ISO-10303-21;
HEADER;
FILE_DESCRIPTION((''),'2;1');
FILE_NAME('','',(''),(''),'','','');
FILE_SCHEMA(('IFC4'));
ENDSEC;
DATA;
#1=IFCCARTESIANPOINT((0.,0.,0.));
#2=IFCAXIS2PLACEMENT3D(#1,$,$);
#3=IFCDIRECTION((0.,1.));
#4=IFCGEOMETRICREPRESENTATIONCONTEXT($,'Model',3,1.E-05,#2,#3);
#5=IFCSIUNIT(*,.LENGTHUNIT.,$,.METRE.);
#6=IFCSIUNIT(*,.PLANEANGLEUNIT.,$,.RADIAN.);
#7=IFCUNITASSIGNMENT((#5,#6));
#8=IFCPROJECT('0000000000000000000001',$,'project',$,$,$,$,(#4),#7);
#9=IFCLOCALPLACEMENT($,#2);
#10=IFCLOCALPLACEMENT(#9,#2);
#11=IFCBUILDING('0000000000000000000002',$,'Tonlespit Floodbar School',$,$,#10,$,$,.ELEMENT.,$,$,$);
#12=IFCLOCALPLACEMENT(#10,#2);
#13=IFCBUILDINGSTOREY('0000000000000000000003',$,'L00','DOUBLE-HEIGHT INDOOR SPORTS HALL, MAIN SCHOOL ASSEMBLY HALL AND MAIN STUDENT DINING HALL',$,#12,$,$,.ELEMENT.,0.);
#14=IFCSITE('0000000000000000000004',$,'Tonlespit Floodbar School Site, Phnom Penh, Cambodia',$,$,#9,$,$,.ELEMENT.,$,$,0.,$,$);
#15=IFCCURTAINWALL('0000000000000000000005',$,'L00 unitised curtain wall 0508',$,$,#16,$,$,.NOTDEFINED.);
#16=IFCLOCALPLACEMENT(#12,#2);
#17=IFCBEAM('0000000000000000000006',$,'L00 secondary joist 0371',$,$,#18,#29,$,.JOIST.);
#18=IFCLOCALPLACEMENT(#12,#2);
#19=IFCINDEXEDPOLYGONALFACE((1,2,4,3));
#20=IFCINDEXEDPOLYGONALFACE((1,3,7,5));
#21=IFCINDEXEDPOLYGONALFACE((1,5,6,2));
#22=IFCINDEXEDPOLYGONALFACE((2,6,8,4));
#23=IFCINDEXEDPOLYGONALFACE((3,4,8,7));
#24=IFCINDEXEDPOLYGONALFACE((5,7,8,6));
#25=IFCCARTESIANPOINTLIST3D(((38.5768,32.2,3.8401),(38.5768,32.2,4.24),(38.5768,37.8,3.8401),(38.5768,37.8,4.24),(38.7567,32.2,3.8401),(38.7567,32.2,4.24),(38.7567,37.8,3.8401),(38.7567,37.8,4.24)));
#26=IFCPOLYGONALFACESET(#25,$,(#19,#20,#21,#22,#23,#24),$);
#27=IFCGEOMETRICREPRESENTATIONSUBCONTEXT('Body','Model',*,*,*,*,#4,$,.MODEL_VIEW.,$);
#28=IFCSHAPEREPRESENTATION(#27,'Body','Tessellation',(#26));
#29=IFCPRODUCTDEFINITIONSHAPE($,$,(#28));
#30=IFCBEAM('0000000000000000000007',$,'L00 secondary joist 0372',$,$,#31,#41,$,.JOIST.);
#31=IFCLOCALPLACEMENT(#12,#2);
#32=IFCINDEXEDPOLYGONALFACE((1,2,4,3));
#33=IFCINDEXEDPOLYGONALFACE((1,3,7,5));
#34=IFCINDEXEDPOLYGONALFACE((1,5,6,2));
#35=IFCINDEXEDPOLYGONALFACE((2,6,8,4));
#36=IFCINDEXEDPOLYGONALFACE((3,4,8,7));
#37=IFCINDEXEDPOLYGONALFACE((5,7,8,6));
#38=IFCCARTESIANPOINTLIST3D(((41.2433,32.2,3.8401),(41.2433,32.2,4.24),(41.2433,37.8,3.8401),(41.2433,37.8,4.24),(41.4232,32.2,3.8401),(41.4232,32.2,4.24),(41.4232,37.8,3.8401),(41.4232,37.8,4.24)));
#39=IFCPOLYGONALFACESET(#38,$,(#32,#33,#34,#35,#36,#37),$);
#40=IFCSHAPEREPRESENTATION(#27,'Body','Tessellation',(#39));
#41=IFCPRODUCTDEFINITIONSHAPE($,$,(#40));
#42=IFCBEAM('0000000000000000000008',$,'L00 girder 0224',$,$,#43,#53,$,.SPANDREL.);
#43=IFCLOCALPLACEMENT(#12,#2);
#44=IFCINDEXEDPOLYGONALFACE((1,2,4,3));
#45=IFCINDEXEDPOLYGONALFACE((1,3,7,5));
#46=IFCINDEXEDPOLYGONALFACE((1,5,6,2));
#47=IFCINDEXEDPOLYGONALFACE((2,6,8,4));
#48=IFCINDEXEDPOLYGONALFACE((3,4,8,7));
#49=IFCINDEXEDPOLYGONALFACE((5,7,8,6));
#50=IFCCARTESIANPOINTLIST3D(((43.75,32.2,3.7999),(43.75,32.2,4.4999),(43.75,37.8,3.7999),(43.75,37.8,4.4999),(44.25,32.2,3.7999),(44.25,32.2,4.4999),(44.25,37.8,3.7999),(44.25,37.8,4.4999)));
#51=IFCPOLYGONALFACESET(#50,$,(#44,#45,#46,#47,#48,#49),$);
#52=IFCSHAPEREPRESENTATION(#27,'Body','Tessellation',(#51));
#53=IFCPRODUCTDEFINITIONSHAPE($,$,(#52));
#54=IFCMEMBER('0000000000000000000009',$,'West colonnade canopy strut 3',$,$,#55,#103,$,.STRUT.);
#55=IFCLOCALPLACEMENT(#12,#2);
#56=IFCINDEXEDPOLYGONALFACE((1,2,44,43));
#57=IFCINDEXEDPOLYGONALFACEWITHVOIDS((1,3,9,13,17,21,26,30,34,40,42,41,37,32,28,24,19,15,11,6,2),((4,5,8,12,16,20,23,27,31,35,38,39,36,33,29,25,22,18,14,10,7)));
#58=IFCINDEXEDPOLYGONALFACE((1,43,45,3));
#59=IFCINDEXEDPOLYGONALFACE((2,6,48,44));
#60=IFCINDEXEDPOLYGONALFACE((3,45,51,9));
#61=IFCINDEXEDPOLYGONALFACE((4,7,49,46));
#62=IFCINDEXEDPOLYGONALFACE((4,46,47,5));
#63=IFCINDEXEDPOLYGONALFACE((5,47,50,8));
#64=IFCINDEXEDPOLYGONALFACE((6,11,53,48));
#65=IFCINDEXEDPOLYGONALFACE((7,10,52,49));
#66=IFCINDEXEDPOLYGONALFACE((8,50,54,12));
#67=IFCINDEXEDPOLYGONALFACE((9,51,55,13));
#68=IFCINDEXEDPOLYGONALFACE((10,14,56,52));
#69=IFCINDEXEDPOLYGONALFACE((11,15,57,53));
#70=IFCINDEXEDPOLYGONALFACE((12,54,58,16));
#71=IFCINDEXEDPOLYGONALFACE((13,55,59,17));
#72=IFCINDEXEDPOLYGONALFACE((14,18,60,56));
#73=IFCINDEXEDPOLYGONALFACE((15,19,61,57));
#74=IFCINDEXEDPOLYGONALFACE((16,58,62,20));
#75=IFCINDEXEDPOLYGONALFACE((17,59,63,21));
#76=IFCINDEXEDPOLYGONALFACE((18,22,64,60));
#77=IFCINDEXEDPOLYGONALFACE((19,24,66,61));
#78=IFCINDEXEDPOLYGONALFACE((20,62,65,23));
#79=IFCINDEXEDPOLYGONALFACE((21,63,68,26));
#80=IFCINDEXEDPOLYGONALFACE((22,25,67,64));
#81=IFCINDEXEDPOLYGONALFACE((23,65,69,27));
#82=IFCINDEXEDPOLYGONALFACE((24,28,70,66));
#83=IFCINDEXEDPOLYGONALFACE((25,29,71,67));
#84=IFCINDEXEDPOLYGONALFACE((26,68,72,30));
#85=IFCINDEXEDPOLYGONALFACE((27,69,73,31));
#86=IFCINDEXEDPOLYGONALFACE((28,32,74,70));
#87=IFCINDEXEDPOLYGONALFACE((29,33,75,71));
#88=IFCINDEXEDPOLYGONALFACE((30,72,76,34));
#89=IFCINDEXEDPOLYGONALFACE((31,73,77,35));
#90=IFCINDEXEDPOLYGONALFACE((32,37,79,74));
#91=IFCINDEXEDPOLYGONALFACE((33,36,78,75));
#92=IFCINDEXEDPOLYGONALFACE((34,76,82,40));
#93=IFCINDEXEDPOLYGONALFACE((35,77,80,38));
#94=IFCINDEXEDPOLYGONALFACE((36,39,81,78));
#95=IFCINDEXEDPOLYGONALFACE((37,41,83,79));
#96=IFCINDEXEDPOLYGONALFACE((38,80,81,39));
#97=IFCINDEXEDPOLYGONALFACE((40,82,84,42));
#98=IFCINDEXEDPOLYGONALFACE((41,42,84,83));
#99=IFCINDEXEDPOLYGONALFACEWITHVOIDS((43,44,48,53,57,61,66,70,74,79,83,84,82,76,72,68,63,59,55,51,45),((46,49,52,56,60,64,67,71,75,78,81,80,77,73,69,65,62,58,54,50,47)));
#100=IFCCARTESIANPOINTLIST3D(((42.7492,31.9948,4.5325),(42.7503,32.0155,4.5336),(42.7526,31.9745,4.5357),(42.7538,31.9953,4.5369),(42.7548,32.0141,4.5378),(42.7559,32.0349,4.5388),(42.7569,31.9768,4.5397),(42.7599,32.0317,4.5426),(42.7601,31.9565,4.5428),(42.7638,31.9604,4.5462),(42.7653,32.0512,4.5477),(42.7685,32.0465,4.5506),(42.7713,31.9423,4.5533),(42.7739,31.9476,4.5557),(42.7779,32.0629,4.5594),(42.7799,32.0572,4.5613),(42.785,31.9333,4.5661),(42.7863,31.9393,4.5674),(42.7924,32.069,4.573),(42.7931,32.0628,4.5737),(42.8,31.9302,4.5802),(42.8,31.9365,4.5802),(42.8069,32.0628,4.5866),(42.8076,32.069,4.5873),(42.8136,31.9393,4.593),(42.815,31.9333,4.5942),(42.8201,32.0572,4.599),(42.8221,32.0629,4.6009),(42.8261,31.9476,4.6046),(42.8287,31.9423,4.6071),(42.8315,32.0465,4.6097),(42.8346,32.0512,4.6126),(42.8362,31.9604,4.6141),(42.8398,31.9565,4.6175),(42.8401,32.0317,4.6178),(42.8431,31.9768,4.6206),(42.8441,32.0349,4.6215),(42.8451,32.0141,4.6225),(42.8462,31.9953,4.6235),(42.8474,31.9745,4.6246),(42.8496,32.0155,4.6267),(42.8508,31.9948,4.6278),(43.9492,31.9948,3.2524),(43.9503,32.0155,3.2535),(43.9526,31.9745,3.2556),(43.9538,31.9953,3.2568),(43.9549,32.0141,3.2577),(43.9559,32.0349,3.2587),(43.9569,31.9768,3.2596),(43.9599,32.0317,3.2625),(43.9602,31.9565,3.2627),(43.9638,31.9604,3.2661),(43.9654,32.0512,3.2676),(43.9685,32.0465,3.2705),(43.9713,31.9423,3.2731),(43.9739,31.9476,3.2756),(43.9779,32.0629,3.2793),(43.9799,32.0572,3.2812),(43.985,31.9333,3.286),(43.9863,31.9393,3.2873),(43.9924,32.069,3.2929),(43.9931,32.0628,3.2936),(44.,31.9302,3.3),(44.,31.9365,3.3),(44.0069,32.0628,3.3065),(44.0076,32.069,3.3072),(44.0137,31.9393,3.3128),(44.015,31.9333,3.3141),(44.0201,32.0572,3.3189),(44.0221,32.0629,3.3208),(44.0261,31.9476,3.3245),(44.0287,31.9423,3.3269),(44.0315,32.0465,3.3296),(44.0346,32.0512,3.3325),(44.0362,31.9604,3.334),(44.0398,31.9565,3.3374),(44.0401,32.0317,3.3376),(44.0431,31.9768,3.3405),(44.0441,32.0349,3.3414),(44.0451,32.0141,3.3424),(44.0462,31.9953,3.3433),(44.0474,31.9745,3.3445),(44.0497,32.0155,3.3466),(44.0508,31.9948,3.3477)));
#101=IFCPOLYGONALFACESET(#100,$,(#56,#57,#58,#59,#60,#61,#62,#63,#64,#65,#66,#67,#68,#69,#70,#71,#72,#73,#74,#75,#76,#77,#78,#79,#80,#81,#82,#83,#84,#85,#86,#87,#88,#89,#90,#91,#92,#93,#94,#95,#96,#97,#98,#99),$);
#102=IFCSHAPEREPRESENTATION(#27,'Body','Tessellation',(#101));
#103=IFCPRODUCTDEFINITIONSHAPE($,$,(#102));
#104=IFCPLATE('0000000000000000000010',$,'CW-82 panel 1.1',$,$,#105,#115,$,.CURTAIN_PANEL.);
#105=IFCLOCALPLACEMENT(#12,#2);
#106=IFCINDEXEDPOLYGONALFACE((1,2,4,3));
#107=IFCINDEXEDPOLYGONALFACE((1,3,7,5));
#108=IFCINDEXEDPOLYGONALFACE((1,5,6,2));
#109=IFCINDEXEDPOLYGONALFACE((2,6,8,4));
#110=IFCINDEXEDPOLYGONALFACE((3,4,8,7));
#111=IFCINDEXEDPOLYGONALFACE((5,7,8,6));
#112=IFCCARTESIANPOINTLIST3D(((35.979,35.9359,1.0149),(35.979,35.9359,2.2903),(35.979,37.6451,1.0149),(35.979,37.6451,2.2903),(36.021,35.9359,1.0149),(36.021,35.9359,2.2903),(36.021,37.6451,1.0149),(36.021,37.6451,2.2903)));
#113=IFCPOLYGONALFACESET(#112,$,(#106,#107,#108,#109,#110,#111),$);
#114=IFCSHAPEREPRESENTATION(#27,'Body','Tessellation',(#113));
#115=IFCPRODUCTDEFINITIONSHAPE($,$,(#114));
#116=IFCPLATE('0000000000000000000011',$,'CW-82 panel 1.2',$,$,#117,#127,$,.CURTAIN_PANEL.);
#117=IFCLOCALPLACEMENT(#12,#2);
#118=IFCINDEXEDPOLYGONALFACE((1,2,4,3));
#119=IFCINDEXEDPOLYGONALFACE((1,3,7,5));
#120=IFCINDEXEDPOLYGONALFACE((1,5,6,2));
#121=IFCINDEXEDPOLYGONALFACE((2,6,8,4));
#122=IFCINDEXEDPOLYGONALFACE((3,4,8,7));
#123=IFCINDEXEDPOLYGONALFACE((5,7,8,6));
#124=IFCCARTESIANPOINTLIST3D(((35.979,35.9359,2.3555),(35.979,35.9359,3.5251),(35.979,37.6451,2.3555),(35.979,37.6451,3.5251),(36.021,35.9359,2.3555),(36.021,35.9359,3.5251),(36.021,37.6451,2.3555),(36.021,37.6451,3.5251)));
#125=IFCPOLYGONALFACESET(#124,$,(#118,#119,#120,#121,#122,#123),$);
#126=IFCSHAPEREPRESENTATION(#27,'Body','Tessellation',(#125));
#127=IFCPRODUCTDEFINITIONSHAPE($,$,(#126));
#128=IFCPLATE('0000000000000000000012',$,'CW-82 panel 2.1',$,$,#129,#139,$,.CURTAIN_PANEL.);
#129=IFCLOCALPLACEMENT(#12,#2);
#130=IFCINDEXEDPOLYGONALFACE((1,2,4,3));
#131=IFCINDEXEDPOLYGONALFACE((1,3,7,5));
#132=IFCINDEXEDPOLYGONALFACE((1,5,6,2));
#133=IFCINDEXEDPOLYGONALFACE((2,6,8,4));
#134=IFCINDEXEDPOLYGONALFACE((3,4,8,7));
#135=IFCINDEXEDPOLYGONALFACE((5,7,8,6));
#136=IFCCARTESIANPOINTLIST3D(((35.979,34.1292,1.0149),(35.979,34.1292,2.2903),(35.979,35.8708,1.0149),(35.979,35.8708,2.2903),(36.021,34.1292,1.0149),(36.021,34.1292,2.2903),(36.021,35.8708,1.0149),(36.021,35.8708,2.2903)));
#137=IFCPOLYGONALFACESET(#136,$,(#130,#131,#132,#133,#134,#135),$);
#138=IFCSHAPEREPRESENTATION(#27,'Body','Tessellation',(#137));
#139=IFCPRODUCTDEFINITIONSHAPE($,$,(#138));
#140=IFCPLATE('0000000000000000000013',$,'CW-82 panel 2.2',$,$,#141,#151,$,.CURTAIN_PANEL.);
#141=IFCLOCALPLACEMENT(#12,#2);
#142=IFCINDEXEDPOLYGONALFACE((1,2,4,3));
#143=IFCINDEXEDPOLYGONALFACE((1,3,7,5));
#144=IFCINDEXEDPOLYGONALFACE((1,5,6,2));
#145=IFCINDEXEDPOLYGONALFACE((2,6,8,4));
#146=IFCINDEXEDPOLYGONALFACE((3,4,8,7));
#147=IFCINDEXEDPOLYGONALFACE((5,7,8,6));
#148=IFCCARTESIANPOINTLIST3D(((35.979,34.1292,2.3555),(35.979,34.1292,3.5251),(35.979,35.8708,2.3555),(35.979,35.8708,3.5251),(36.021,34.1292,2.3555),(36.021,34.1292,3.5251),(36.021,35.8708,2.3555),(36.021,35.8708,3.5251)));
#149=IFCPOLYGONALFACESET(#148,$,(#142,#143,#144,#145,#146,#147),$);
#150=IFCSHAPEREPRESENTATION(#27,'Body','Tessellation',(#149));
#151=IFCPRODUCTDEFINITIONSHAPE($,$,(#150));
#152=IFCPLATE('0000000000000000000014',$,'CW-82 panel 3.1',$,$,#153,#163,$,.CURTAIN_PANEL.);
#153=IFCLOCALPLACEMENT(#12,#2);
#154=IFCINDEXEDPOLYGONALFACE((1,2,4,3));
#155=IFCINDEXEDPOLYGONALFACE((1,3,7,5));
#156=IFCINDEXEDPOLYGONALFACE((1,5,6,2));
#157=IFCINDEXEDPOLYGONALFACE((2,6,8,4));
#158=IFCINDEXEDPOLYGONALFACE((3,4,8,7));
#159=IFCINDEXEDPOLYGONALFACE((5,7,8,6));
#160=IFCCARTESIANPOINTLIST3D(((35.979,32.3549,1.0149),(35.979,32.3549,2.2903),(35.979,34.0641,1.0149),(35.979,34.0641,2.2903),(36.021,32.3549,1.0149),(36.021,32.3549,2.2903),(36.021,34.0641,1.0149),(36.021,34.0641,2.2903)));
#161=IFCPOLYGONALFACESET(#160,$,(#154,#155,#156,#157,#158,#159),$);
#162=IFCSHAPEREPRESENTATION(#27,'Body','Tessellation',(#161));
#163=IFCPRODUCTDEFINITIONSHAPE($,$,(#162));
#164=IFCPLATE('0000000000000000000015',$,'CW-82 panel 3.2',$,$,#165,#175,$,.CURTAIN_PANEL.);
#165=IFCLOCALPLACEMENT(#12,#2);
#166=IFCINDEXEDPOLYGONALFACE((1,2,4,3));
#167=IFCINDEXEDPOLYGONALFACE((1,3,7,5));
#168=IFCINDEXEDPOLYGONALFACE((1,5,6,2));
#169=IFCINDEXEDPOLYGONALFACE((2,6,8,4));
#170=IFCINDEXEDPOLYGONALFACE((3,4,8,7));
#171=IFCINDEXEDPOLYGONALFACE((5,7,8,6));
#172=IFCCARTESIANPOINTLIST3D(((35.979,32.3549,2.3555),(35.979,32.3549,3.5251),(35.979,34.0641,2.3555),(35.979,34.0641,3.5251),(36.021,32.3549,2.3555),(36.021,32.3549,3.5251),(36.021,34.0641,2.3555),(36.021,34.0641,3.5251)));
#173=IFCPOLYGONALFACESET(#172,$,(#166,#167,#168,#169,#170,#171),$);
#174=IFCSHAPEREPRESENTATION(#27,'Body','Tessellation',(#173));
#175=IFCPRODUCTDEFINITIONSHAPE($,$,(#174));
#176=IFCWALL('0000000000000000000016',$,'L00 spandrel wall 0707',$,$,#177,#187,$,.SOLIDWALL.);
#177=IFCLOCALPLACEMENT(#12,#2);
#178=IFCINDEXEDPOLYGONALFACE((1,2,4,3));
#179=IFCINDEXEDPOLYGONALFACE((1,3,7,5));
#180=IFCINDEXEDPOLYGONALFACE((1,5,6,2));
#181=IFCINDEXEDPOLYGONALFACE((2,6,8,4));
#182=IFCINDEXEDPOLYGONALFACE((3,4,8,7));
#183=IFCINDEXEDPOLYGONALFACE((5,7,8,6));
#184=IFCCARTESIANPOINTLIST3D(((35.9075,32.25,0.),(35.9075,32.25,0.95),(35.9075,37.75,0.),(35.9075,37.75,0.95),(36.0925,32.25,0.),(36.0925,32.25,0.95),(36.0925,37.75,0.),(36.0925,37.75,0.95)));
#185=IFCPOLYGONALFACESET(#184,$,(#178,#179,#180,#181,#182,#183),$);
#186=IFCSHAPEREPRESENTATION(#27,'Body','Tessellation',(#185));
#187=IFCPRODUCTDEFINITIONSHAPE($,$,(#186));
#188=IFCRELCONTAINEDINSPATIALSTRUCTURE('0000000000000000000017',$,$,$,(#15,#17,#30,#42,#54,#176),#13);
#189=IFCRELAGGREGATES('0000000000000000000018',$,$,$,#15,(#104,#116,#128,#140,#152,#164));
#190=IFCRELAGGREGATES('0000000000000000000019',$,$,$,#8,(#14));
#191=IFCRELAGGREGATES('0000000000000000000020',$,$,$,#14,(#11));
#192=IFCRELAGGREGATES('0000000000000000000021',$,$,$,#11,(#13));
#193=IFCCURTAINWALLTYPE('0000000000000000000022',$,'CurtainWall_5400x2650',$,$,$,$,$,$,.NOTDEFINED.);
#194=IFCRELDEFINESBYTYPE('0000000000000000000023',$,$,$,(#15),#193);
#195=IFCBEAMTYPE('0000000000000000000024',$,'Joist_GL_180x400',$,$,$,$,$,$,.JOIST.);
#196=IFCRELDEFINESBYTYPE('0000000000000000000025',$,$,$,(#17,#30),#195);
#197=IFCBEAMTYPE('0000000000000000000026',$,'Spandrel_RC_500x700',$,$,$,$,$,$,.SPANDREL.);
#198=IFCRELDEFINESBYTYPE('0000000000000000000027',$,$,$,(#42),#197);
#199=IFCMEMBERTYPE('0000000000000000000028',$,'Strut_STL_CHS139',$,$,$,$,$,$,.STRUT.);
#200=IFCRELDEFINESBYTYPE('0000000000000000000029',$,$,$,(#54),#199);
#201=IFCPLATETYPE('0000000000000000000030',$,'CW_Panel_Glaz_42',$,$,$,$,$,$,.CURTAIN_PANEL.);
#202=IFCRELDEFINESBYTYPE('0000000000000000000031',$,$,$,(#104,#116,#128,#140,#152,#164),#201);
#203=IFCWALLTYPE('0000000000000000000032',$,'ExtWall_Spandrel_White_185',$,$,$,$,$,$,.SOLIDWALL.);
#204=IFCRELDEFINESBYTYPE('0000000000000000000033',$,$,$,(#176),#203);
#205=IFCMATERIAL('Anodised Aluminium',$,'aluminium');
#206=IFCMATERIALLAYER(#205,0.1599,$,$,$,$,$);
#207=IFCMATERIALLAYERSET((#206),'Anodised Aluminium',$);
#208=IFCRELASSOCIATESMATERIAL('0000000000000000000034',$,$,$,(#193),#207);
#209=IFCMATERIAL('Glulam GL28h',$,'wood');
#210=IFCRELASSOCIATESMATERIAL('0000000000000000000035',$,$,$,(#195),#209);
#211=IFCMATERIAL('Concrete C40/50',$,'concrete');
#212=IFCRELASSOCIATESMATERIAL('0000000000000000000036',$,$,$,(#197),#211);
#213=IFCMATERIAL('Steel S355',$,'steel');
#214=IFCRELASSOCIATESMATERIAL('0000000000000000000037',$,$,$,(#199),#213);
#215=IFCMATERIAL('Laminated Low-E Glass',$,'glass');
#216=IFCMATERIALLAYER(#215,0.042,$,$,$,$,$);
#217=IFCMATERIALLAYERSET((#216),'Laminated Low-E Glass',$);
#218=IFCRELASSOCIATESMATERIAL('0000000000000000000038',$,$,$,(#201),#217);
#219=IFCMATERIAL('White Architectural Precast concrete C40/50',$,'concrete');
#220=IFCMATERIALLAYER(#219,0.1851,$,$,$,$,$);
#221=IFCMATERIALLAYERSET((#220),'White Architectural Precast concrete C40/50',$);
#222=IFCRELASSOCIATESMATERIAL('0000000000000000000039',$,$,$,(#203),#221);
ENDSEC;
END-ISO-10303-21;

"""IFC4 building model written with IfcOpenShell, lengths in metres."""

from ifc_helpers import new_model, si_unit, direction, frame, frame_2d, origin, origin_2d, place, context, subcontext, project, spatial, rectangle, hollow_circle, extrude, material, layer, layer_set, material_profile, profile_set, type_object, element, aggregate, save


model = new_model("IFC4")

# Units and contexts
model_context = context("Model", 3, precision=1e-05, world=origin(), true_north=direction((0.0, 1.0)))
body_context = subcontext(model_context, "Body", "Model", "MODEL_VIEW")
ifc_project = project(units=[si_unit("LENGTHUNIT", "METRE"), si_unit("PLANEANGLEUNIT", "RADIAN")], contexts=[model_context])

# Site, building, storey
site_placement = place(None, origin())
site = spatial("IfcSite", under=ifc_project, at=site_placement, Name="Tonlespit Floodbar School Site, Phnom Penh, Cambodia", CompositionType="ELEMENT", RefElevation=0.0)
building_placement = place(site_placement, origin())
building = spatial("IfcBuilding", under=site, at=building_placement, Name="Tonlespit Floodbar School", CompositionType="ELEMENT")
storey_placement = place(building_placement, origin())
storey = spatial("IfcBuildingStorey", under=building, at=storey_placement, Name="L00", Description="DOUBLE-HEIGHT INDOOR SPORTS HALL, MAIN SCHOOL ASSEMBLY HALL AND MAIN STUDENT DINING HALL", CompositionType="ELEMENT", Elevation=0.0)

# Shared definitions
ifc_material_1 = material(Name="Concrete C40/50", Category="concrete")

# Curtain wall
ifc_material_2 = material(Name="Anodised Aluminium", Category="aluminium")
ifc_layer_1 = layer(ifc_material_2, 0.1599)
ifc_layer_set_1 = layer_set([ifc_layer_1], Name="Anodised Aluminium")
curtain_wall_type = type_object("IfcCurtainWallType", Name="CurtainWall_5400x2650", PredefinedType="NOTDEFINED", material=ifc_layer_set_1)
curtain_wall_placement = place(storey_placement, origin())
curtain_wall = element("IfcCurtainWall", 1, at=curtain_wall_placement, inside=storey, type_object=curtain_wall_type, Name="L00 unitised curtain wall 0508", PredefinedType="NOTDEFINED")

# Beams
ifc_material_3 = material(Name="Glulam GL28h", Category="wood")
ifc_material_profile_1 = material_profile(ifc_material_3, rectangle(XDim=0.1799, YDim=0.3999, at=origin_2d()), Name="GL 180x400")
ifc_profile_set_1 = profile_set([ifc_material_profile_1], Name="Glulam GL28h")
beam_type_1 = type_object("IfcBeamType", Name="Joist_GL_180x400", PredefinedType="JOIST", material=ifc_profile_set_1)
for number, where, z_axis, x_axis, name in (
    (2, (38.6667, 32.2, 4.04), (0.0, 1.0, 0.0), (-1.0, 0.0, 0.0), "L00 secondary joist 0371"),
    (3, (41.3333, 32.2, 4.04), (0.0, 1.0, 0.0), (-1.0, 0.0, 0.0), "L00 secondary joist 0372"),
):
    element("IfcBeam", number, at=place(storey_placement, frame(where, z_axis=z_axis, x_axis=x_axis)), inside=storey, type_object=beam_type_1, Name=name, PredefinedType="JOIST", context=body_context, shape_type="SweptSolid", body=[
        extrude(rectangle(XDim=0.1799, YDim=0.3999, at=origin_2d()), origin(), (0.0, 0.0, 1.0), 5.6001),
    ])
ifc_material_profile_2 = material_profile(ifc_material_1, rectangle(XDim=0.5, YDim=0.7, at=origin_2d()), Name="RC 500x700")
ifc_profile_set_2 = profile_set([ifc_material_profile_2], Name="Concrete C40/50")
beam_type_2 = type_object("IfcBeamType", Name="Spandrel_RC_500x700", PredefinedType="SPANDREL", material=ifc_profile_set_2)
beam_1_placement = place(storey_placement, frame((44.0, 32.2, 4.1499), z_axis=(0.0, 1.0, 0.0), x_axis=(-1.0, 0.0, 0.0)))
element("IfcBeam", 4, at=beam_1_placement, inside=storey, type_object=beam_type_2, Name="L00 girder 0224", PredefinedType="SPANDREL", context=body_context, shape_type="SweptSolid", body=[
    extrude(rectangle(XDim=0.5, YDim=0.7, at=origin_2d()), origin(), (0.0, 0.0, 1.0), 5.6001),
])

# Member
ifc_material_4 = material(Name="Steel S355", Category="steel")
ifc_material_profile_3 = material_profile(ifc_material_4, hollow_circle(Radius=0.0698, WallThickness=0.0063, at=origin_2d()), Name="CHS 139.7x6.3")
ifc_profile_set_3 = profile_set([ifc_material_profile_3], Name="Steel S355")
member_type_1 = type_object("IfcMemberType", Name="Strut_STL_CHS139", PredefinedType="STRUT", material=ifc_profile_set_3)
member_1_placement = place(storey_placement, frame((44.0, 32.0, 3.3), z_axis=(-0.683918, 0.0, 0.729559), x_axis=(0.0, -1.0, 0.0)))
element("IfcMember", 5, at=member_1_placement, inside=storey, type_object=member_type_1, Name="West colonnade canopy strut 3", PredefinedType="STRUT", context=body_context, shape_type="SweptSolid", body=[
    extrude(hollow_circle(Radius=0.0698, WallThickness=0.0063, at=origin_2d()), origin(), (0.0, 0.0, 1.0), 1.7546),
])

# Plates
ifc_material_5 = material(Name="Laminated Low-E Glass", Category="glass")
ifc_layer_2 = layer(ifc_material_5, 0.042)
ifc_layer_set_2 = layer_set([ifc_layer_2], Name="Laminated Low-E Glass")
plate_type = type_object("IfcPlateType", Name="CW_Panel_Glaz_42", PredefinedType="CURTAIN_PANEL", material=ifc_layer_set_2)
plate_1_placement = place(storey_placement, frame((36.0, 36.7905, 1.0149), z_axis=(0.0, 0.0, 1.0), x_axis=(0.0, -1.0, 0.0)))
plate_1 = element("IfcPlate", 6, at=plate_1_placement, type_object=plate_type, Name="CW-82 panel 1.1", PredefinedType="CURTAIN_PANEL", context=body_context, shape_type="SweptSolid", body=[
    extrude(rectangle(XDim=1.7092, YDim=0.042, at=origin_2d()), origin(), (0.0, 0.0, 1.0), 1.2754),
])
plate_2_placement = place(storey_placement, frame((36.0, 36.7905, 2.3555), z_axis=(0.0, 0.0, 1.0), x_axis=(0.0, -1.0, 0.0)))
plate_2 = element("IfcPlate", 7, at=plate_2_placement, type_object=plate_type, Name="CW-82 panel 1.2", PredefinedType="CURTAIN_PANEL", context=body_context, shape_type="SweptSolid", body=[
    extrude(rectangle(XDim=1.7092, YDim=0.042, at=origin_2d()), origin(), (0.0, 0.0, 1.0), 1.1697),
])
plate_3_placement = place(storey_placement, frame((36.0, 35.0, 1.0149), z_axis=(0.0, 0.0, 1.0), x_axis=(0.0, -1.0, 0.0)))
plate_3 = element("IfcPlate", 8, at=plate_3_placement, type_object=plate_type, Name="CW-82 panel 2.1", PredefinedType="CURTAIN_PANEL", context=body_context, shape_type="SweptSolid", body=[
    extrude(rectangle(XDim=1.7417, YDim=0.042, at=origin_2d()), origin(), (0.0, 0.0, 1.0), 1.2754),
])
plate_4_placement = place(storey_placement, frame((36.0, 35.0, 2.3555), z_axis=(0.0, 0.0, 1.0), x_axis=(0.0, -1.0, 0.0)))
plate_4 = element("IfcPlate", 9, at=plate_4_placement, type_object=plate_type, Name="CW-82 panel 2.2", PredefinedType="CURTAIN_PANEL", context=body_context, shape_type="SweptSolid", body=[
    extrude(rectangle(XDim=1.7417, YDim=0.042, at=origin_2d()), origin(), (0.0, 0.0, 1.0), 1.1697),
])
plate_5_placement = place(storey_placement, frame((36.0, 33.2095, 1.0149), z_axis=(0.0, 0.0, 1.0), x_axis=(0.0, -1.0, 0.0)))
plate_5 = element("IfcPlate", 10, at=plate_5_placement, type_object=plate_type, Name="CW-82 panel 3.1", PredefinedType="CURTAIN_PANEL", context=body_context, shape_type="SweptSolid", body=[
    extrude(rectangle(XDim=1.7092, YDim=0.042, at=origin_2d()), origin(), (0.0, 0.0, 1.0), 1.2754),
])
plate_6_placement = place(storey_placement, frame((36.0, 33.2095, 2.3555), z_axis=(0.0, 0.0, 1.0), x_axis=(0.0, -1.0, 0.0)))
plate_6 = element("IfcPlate", 11, at=plate_6_placement, type_object=plate_type, Name="CW-82 panel 3.2", PredefinedType="CURTAIN_PANEL", context=body_context, shape_type="SweptSolid", body=[
    extrude(rectangle(XDim=1.7092, YDim=0.042, at=origin_2d()), origin(), (0.0, 0.0, 1.0), 1.1697),
])
aggregate(curtain_wall, [plate_1, plate_2, plate_3, plate_4, plate_5, plate_6])

# Wall
ifc_material_6 = material(Name="White Architectural Precast concrete C40/50", Category="concrete")
ifc_layer_3 = layer(ifc_material_6, 0.1851)
ifc_layer_set_3 = layer_set([ifc_layer_3], Name="White Architectural Precast concrete C40/50")
wall_type = type_object("IfcWallType", Name="ExtWall_Spandrel_White_185", PredefinedType="SOLIDWALL", material=ifc_layer_set_3)
wall_placement = place(storey_placement, frame((36.0, 37.75, 0.0), z_axis=(0.0, 0.0, 1.0), x_axis=(0.0, -1.0, 0.0)))
element("IfcWall", 12, at=wall_placement, inside=storey, type_object=wall_type, Name="L00 spandrel wall 0707", PredefinedType="SOLIDWALL", context=body_context, shape_type="SweptSolid", body=[
    extrude(rectangle(XDim=5.5, YDim=0.1851, at=frame_2d((2.75, 0.0))), origin(), (0.0, 0.0, 1.0), 0.95),
])

save(model, "model.ifc")
